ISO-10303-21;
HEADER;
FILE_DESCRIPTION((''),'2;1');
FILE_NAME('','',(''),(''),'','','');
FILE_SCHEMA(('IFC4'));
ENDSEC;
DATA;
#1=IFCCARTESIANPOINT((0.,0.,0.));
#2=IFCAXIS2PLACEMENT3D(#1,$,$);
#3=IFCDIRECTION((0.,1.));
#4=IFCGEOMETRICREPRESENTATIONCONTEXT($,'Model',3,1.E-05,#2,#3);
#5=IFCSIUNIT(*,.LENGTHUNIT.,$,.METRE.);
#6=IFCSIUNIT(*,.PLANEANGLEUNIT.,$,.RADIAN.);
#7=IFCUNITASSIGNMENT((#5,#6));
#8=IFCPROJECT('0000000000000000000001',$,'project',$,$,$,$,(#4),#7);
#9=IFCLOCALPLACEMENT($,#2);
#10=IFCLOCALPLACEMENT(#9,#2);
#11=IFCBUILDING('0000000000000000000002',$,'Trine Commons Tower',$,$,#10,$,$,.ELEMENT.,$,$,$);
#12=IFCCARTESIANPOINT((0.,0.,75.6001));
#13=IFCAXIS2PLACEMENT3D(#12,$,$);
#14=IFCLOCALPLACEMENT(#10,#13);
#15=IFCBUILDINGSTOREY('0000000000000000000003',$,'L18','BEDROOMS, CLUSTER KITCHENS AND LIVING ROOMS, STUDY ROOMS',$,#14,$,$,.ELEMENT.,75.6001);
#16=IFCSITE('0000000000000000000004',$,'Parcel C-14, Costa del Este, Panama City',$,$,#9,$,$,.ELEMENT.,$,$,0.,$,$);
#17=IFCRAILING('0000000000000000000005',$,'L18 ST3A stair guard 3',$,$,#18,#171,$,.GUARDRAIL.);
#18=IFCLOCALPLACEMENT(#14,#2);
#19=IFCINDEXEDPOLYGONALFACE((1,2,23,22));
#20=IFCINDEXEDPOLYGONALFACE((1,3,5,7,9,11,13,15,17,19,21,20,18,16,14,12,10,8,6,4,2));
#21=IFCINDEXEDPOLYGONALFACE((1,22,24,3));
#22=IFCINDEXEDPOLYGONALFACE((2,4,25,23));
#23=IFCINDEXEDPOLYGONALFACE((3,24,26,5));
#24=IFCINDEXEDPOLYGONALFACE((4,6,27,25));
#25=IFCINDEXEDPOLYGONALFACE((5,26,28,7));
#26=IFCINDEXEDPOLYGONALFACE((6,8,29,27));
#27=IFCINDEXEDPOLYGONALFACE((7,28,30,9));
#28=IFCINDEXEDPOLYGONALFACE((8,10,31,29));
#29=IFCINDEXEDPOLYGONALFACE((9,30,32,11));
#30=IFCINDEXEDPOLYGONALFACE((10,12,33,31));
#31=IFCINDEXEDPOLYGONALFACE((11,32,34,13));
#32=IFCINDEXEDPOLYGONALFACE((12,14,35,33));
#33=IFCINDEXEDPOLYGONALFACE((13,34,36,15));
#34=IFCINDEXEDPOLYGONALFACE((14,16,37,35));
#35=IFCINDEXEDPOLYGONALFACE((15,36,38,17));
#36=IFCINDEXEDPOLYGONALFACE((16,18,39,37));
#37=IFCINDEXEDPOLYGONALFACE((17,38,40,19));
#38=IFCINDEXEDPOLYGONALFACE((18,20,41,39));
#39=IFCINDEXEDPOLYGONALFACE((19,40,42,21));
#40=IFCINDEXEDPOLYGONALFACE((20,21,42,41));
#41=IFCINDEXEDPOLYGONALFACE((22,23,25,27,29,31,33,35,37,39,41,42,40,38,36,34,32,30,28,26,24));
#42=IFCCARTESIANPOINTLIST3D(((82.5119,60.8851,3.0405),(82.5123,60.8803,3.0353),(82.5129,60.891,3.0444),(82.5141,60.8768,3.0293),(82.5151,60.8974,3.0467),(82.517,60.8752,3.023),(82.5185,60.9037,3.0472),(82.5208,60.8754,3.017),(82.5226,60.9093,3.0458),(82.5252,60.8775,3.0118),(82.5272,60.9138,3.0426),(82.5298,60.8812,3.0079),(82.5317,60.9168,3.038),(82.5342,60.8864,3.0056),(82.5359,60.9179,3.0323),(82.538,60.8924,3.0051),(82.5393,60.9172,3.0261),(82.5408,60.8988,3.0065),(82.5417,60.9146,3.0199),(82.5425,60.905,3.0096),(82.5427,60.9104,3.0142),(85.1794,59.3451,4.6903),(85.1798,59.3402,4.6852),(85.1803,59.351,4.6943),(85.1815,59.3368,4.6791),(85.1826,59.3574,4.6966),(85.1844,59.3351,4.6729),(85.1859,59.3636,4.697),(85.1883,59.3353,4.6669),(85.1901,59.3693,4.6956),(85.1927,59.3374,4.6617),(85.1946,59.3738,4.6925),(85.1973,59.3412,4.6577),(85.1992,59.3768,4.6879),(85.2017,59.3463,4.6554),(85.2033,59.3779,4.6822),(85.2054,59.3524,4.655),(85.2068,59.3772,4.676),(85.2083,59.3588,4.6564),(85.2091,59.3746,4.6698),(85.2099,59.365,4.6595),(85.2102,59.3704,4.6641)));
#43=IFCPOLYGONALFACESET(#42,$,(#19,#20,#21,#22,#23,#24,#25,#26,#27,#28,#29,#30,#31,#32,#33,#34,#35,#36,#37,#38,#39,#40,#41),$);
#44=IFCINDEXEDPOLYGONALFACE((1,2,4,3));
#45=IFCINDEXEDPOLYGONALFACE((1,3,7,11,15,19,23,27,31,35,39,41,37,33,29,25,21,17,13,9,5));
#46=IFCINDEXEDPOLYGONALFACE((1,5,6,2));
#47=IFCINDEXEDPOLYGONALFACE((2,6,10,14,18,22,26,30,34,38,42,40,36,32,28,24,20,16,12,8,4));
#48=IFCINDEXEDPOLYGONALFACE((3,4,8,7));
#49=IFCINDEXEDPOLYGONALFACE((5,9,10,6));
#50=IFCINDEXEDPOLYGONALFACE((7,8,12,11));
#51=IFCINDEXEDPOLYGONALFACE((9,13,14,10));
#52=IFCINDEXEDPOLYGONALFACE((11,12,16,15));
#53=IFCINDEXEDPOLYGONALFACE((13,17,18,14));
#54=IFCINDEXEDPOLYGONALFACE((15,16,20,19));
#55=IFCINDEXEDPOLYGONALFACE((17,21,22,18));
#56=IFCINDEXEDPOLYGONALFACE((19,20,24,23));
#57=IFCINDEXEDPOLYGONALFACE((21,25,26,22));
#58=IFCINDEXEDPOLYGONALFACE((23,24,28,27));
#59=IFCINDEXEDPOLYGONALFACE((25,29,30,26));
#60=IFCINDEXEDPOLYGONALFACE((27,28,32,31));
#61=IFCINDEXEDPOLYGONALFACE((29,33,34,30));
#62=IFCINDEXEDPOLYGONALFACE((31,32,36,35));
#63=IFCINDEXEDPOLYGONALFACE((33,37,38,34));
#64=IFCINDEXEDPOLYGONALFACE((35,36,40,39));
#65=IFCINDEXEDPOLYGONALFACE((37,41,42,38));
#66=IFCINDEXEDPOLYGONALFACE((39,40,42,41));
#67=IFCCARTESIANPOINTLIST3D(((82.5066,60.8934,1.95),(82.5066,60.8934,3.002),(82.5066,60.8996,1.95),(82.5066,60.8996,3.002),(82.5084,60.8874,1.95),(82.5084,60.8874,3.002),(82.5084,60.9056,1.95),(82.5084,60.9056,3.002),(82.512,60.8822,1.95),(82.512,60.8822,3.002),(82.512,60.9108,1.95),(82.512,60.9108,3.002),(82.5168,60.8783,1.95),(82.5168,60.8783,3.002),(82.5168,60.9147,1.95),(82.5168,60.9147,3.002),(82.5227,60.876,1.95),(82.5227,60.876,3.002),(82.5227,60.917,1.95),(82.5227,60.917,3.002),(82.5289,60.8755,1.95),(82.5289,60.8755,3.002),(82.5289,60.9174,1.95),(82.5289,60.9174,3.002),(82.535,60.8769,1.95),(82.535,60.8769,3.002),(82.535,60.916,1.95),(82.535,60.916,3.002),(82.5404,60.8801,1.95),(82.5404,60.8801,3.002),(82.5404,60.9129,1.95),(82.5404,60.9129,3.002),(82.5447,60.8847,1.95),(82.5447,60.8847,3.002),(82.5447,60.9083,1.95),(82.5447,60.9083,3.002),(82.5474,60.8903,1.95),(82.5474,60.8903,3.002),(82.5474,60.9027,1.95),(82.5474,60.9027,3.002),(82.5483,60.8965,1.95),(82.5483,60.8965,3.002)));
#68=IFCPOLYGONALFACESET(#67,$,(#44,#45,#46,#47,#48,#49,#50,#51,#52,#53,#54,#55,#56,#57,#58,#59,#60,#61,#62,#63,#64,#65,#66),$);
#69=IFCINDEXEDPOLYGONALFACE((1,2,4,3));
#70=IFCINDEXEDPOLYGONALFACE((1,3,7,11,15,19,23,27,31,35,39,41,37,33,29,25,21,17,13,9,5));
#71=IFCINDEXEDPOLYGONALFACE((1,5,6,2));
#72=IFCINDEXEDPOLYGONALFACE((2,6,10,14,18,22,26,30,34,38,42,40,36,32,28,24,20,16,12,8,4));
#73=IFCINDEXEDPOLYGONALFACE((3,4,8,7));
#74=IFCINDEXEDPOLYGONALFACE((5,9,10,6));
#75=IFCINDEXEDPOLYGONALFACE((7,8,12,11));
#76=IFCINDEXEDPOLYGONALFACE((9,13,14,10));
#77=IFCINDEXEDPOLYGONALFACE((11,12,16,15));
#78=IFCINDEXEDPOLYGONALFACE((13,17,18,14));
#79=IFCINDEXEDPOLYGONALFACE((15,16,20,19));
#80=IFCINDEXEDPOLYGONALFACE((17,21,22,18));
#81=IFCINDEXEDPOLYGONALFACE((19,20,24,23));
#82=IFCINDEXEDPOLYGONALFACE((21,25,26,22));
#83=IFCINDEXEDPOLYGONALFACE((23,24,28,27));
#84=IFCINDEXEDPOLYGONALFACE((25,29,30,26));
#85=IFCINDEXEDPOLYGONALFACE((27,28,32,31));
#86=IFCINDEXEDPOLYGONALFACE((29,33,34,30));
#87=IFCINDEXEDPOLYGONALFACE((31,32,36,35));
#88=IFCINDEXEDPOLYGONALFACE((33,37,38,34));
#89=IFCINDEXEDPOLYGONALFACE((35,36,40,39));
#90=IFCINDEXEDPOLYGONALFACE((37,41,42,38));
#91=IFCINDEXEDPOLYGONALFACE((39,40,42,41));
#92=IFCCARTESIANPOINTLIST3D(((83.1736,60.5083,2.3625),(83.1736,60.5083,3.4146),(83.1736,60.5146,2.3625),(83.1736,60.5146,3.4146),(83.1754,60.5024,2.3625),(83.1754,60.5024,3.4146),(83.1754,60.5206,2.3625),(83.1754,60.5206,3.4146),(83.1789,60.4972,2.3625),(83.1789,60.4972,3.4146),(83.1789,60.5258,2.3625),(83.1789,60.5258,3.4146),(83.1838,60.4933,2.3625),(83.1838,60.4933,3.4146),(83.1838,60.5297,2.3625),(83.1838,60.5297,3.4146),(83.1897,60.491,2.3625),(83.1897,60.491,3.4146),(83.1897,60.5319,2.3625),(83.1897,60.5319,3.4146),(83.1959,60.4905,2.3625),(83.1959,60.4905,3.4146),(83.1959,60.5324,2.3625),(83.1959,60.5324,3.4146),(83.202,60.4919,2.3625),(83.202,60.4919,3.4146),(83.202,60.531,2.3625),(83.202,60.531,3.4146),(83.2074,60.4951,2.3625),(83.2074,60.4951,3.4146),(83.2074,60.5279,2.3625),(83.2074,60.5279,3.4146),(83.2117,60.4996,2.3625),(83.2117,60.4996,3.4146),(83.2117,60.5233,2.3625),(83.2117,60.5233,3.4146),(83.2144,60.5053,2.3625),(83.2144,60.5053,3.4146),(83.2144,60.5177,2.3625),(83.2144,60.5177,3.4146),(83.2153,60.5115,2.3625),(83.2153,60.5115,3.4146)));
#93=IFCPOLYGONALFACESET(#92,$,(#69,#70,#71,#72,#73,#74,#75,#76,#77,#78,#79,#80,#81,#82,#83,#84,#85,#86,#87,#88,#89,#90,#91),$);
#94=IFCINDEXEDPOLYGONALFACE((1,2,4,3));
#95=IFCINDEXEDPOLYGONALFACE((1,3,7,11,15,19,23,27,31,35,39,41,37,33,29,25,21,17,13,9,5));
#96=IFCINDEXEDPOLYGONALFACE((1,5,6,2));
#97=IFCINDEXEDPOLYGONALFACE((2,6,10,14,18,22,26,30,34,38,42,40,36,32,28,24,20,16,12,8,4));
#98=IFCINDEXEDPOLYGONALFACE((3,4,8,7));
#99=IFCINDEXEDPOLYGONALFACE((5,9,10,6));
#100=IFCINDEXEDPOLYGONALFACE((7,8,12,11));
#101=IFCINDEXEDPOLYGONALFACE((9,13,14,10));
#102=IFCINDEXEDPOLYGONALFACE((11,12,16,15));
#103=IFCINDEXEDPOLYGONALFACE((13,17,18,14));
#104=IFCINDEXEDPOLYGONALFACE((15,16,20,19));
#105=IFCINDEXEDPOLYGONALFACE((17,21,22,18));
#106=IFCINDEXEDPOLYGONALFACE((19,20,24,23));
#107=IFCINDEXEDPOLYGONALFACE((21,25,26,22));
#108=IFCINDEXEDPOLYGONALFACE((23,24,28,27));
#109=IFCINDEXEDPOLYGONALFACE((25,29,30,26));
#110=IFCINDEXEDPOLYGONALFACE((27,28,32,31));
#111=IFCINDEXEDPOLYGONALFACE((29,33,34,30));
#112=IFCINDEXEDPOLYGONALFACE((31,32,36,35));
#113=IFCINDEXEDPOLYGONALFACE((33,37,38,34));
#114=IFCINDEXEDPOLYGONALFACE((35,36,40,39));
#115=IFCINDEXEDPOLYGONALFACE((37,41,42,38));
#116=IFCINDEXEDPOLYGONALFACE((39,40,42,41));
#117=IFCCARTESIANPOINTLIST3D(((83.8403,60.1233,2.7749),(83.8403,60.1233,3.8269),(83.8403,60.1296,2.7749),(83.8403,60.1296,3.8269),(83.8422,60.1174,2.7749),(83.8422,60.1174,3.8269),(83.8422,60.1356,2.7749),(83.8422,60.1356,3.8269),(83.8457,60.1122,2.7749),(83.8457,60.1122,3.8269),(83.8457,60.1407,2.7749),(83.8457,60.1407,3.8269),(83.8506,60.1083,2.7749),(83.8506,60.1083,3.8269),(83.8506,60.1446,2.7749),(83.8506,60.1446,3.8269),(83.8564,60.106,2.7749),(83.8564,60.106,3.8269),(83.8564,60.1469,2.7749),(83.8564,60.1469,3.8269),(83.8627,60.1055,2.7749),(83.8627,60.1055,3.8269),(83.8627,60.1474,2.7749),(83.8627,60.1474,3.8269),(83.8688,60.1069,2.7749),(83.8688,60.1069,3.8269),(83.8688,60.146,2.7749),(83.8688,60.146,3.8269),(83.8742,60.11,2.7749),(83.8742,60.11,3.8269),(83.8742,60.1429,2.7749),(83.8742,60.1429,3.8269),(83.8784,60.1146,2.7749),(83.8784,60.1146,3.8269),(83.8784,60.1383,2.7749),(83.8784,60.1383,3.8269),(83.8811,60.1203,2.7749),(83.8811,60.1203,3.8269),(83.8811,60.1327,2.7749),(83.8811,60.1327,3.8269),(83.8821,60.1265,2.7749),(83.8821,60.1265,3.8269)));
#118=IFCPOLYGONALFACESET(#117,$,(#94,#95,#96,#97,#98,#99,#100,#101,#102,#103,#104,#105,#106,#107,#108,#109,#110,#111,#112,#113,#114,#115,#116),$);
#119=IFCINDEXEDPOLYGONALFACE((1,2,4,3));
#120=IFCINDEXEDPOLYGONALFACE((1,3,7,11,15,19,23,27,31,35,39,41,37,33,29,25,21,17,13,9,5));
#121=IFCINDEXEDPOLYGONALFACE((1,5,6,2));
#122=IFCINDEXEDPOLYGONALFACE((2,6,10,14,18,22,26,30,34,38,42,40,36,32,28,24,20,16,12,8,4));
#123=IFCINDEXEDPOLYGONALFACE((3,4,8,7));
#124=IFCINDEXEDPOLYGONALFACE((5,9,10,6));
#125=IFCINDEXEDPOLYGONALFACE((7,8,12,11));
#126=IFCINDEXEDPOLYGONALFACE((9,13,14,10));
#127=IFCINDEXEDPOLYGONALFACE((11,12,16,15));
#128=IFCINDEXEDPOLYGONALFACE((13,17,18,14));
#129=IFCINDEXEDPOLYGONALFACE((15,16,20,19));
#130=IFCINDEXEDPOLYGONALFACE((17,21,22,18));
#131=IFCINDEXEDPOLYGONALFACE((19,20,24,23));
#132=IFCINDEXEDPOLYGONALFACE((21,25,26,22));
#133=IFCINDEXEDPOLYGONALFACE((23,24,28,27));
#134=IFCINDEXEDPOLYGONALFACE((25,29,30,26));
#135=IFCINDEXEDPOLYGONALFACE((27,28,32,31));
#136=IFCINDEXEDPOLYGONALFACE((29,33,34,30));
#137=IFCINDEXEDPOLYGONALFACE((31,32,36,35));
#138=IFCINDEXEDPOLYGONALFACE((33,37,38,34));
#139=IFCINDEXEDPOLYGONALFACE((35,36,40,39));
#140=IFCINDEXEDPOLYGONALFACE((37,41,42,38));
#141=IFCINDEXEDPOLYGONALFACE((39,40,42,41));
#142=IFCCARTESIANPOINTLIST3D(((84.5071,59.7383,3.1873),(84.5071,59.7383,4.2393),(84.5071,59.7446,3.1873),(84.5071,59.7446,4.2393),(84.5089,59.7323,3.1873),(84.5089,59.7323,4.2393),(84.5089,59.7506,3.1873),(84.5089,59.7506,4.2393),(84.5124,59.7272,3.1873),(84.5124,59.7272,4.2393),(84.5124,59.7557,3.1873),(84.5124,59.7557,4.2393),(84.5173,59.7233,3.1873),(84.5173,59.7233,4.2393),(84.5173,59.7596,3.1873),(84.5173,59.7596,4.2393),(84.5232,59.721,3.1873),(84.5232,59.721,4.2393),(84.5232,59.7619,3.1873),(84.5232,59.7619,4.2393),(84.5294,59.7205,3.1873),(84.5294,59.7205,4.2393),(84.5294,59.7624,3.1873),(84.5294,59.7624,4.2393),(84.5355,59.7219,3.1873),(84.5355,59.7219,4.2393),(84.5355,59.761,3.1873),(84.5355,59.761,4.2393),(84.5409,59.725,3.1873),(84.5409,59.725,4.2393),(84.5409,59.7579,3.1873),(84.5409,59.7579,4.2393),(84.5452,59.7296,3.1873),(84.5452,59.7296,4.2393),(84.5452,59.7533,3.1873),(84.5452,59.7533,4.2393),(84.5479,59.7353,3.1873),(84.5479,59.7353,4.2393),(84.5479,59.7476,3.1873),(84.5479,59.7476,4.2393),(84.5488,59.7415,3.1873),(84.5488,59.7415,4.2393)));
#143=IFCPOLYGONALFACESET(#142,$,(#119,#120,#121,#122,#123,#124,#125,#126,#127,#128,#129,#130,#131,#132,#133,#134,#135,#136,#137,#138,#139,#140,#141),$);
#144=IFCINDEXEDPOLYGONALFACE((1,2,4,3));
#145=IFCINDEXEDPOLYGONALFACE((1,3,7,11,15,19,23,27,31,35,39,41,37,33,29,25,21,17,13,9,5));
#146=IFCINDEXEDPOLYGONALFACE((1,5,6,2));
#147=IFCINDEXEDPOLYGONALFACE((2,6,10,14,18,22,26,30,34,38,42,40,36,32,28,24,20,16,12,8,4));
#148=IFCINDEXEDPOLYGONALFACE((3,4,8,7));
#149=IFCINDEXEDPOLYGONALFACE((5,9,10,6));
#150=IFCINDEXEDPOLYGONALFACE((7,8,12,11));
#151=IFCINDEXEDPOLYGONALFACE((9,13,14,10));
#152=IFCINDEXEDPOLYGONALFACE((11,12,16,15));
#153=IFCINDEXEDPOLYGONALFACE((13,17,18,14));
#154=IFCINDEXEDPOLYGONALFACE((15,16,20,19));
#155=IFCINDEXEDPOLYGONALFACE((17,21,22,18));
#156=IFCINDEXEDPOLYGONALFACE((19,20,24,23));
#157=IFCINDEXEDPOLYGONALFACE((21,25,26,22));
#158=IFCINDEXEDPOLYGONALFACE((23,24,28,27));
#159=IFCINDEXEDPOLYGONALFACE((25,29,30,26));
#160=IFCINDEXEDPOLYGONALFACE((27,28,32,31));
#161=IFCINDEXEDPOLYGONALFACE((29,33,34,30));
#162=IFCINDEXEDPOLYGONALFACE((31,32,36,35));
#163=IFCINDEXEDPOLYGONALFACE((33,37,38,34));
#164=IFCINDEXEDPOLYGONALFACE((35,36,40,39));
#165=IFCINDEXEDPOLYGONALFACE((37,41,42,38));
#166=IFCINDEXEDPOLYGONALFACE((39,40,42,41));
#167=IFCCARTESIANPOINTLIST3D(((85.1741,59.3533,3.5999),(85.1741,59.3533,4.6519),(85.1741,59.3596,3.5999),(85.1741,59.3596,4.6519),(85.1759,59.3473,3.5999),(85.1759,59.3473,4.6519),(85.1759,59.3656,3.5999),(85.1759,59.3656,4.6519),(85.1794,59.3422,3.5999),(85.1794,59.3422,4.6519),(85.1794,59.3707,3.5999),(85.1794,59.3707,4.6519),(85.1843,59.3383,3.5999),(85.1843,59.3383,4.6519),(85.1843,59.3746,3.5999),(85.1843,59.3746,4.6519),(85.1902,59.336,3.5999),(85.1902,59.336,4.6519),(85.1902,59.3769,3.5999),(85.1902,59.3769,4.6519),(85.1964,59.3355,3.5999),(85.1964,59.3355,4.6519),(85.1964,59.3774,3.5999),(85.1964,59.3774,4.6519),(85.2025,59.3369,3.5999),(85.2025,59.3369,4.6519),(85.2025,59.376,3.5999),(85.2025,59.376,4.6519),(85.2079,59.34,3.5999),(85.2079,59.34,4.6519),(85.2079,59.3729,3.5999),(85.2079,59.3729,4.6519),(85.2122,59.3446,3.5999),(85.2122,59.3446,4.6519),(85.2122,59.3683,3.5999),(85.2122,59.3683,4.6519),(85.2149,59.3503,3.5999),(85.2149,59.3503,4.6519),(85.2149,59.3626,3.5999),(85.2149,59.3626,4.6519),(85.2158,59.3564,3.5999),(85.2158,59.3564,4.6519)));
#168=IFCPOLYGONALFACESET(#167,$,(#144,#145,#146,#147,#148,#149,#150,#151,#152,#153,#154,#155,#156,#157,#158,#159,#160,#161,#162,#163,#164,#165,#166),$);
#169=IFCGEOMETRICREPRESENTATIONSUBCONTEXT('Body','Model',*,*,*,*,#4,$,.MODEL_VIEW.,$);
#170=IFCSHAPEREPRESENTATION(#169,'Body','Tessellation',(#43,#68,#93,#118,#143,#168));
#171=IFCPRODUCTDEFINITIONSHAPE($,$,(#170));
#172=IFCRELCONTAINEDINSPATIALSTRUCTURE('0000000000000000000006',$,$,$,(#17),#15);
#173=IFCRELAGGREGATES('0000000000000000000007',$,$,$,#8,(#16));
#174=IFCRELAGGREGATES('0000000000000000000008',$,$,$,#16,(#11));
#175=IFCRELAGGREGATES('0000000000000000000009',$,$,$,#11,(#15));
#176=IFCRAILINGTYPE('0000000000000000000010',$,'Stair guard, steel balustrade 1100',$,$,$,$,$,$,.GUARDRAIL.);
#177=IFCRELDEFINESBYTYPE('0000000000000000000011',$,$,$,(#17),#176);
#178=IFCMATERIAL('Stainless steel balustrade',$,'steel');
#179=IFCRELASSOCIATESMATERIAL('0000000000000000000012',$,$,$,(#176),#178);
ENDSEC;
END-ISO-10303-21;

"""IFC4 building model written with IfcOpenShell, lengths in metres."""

from ifc_helpers import new_model, si_unit, direction, frame, origin, origin_2d, place, context, subcontext, project, spatial, circle, extrude, material, type_object, element, save


model = new_model("IFC4")

# Units and contexts
model_context = context("Model", 3, precision=1e-05, world=origin(), true_north=direction((0.0, 1.0)))
body_context = subcontext(model_context, "Body", "Model", "MODEL_VIEW")
ifc_project = project(units=[si_unit("LENGTHUNIT", "METRE"), si_unit("PLANEANGLEUNIT", "RADIAN")], contexts=[model_context])

# Site, building, storey
site_placement = place(None, origin())
site = spatial("IfcSite", under=ifc_project, at=site_placement, Name="Parcel C-14, Costa del Este, Panama City", CompositionType="ELEMENT", RefElevation=0.0)
building_placement = place(site_placement, origin())
building = spatial("IfcBuilding", under=site, at=building_placement, Name="Trine Commons Tower", CompositionType="ELEMENT")
storey_placement = place(building_placement, frame((0.0, 0.0, 75.6001)))
storey = spatial("IfcBuildingStorey", under=building, at=storey_placement, Name="L18", Description="BEDROOMS, CLUSTER KITCHENS AND LIVING ROOMS, STUDY ROOMS", CompositionType="ELEMENT", Elevation=75.6001)

# Railing
ifc_material_1 = material(Name="Stainless steel balustrade", Category="steel")
railing_type_1 = type_object("IfcRailingType", Name="Stair guard, steel balustrade 1100", PredefinedType="GUARDRAIL", material=ifc_material_1)
railing_1_placement = place(storey_placement, frame((82.5273, 60.8965, 1.95)))
element("IfcRailing", 1, at=railing_1_placement, inside=storey, type_object=railing_type_1, Name="L18 ST3A stair guard 3", PredefinedType="GUARDRAIL", context=body_context, shape_type="SweptSolid", body=[
    extrude(circle(Radius=0.0239, at=origin_2d()), frame((0.0, 0.0, 1.0762), z_axis=(0.763405, -0.440743, 0.472185), x_axis=(0.499992, 0.86603, 0.0)), (0.0, 0.0, 1.0), 3.4941),
    extrude(circle(Radius=0.021, at=origin_2d()), origin(), (0.0, 0.0, 1.0), 1.052),
    extrude(circle(Radius=0.021, at=origin_2d()), frame((0.667, -0.385, 0.4126)), (0.0, 0.0, 1.0), 1.052),
    extrude(circle(Radius=0.021, at=origin_2d()), frame((1.3337, -0.77, 0.825)), (0.0, 0.0, 1.0), 1.052),
    extrude(circle(Radius=0.021, at=origin_2d()), frame((2.0005, -1.155, 1.2373)), (0.0, 0.0, 1.0), 1.052),
    extrude(circle(Radius=0.021, at=origin_2d()), frame((2.6675, -1.54, 1.6499)), (0.0, 0.0, 1.0), 1.052),
])

save(model, "model.ifc")
